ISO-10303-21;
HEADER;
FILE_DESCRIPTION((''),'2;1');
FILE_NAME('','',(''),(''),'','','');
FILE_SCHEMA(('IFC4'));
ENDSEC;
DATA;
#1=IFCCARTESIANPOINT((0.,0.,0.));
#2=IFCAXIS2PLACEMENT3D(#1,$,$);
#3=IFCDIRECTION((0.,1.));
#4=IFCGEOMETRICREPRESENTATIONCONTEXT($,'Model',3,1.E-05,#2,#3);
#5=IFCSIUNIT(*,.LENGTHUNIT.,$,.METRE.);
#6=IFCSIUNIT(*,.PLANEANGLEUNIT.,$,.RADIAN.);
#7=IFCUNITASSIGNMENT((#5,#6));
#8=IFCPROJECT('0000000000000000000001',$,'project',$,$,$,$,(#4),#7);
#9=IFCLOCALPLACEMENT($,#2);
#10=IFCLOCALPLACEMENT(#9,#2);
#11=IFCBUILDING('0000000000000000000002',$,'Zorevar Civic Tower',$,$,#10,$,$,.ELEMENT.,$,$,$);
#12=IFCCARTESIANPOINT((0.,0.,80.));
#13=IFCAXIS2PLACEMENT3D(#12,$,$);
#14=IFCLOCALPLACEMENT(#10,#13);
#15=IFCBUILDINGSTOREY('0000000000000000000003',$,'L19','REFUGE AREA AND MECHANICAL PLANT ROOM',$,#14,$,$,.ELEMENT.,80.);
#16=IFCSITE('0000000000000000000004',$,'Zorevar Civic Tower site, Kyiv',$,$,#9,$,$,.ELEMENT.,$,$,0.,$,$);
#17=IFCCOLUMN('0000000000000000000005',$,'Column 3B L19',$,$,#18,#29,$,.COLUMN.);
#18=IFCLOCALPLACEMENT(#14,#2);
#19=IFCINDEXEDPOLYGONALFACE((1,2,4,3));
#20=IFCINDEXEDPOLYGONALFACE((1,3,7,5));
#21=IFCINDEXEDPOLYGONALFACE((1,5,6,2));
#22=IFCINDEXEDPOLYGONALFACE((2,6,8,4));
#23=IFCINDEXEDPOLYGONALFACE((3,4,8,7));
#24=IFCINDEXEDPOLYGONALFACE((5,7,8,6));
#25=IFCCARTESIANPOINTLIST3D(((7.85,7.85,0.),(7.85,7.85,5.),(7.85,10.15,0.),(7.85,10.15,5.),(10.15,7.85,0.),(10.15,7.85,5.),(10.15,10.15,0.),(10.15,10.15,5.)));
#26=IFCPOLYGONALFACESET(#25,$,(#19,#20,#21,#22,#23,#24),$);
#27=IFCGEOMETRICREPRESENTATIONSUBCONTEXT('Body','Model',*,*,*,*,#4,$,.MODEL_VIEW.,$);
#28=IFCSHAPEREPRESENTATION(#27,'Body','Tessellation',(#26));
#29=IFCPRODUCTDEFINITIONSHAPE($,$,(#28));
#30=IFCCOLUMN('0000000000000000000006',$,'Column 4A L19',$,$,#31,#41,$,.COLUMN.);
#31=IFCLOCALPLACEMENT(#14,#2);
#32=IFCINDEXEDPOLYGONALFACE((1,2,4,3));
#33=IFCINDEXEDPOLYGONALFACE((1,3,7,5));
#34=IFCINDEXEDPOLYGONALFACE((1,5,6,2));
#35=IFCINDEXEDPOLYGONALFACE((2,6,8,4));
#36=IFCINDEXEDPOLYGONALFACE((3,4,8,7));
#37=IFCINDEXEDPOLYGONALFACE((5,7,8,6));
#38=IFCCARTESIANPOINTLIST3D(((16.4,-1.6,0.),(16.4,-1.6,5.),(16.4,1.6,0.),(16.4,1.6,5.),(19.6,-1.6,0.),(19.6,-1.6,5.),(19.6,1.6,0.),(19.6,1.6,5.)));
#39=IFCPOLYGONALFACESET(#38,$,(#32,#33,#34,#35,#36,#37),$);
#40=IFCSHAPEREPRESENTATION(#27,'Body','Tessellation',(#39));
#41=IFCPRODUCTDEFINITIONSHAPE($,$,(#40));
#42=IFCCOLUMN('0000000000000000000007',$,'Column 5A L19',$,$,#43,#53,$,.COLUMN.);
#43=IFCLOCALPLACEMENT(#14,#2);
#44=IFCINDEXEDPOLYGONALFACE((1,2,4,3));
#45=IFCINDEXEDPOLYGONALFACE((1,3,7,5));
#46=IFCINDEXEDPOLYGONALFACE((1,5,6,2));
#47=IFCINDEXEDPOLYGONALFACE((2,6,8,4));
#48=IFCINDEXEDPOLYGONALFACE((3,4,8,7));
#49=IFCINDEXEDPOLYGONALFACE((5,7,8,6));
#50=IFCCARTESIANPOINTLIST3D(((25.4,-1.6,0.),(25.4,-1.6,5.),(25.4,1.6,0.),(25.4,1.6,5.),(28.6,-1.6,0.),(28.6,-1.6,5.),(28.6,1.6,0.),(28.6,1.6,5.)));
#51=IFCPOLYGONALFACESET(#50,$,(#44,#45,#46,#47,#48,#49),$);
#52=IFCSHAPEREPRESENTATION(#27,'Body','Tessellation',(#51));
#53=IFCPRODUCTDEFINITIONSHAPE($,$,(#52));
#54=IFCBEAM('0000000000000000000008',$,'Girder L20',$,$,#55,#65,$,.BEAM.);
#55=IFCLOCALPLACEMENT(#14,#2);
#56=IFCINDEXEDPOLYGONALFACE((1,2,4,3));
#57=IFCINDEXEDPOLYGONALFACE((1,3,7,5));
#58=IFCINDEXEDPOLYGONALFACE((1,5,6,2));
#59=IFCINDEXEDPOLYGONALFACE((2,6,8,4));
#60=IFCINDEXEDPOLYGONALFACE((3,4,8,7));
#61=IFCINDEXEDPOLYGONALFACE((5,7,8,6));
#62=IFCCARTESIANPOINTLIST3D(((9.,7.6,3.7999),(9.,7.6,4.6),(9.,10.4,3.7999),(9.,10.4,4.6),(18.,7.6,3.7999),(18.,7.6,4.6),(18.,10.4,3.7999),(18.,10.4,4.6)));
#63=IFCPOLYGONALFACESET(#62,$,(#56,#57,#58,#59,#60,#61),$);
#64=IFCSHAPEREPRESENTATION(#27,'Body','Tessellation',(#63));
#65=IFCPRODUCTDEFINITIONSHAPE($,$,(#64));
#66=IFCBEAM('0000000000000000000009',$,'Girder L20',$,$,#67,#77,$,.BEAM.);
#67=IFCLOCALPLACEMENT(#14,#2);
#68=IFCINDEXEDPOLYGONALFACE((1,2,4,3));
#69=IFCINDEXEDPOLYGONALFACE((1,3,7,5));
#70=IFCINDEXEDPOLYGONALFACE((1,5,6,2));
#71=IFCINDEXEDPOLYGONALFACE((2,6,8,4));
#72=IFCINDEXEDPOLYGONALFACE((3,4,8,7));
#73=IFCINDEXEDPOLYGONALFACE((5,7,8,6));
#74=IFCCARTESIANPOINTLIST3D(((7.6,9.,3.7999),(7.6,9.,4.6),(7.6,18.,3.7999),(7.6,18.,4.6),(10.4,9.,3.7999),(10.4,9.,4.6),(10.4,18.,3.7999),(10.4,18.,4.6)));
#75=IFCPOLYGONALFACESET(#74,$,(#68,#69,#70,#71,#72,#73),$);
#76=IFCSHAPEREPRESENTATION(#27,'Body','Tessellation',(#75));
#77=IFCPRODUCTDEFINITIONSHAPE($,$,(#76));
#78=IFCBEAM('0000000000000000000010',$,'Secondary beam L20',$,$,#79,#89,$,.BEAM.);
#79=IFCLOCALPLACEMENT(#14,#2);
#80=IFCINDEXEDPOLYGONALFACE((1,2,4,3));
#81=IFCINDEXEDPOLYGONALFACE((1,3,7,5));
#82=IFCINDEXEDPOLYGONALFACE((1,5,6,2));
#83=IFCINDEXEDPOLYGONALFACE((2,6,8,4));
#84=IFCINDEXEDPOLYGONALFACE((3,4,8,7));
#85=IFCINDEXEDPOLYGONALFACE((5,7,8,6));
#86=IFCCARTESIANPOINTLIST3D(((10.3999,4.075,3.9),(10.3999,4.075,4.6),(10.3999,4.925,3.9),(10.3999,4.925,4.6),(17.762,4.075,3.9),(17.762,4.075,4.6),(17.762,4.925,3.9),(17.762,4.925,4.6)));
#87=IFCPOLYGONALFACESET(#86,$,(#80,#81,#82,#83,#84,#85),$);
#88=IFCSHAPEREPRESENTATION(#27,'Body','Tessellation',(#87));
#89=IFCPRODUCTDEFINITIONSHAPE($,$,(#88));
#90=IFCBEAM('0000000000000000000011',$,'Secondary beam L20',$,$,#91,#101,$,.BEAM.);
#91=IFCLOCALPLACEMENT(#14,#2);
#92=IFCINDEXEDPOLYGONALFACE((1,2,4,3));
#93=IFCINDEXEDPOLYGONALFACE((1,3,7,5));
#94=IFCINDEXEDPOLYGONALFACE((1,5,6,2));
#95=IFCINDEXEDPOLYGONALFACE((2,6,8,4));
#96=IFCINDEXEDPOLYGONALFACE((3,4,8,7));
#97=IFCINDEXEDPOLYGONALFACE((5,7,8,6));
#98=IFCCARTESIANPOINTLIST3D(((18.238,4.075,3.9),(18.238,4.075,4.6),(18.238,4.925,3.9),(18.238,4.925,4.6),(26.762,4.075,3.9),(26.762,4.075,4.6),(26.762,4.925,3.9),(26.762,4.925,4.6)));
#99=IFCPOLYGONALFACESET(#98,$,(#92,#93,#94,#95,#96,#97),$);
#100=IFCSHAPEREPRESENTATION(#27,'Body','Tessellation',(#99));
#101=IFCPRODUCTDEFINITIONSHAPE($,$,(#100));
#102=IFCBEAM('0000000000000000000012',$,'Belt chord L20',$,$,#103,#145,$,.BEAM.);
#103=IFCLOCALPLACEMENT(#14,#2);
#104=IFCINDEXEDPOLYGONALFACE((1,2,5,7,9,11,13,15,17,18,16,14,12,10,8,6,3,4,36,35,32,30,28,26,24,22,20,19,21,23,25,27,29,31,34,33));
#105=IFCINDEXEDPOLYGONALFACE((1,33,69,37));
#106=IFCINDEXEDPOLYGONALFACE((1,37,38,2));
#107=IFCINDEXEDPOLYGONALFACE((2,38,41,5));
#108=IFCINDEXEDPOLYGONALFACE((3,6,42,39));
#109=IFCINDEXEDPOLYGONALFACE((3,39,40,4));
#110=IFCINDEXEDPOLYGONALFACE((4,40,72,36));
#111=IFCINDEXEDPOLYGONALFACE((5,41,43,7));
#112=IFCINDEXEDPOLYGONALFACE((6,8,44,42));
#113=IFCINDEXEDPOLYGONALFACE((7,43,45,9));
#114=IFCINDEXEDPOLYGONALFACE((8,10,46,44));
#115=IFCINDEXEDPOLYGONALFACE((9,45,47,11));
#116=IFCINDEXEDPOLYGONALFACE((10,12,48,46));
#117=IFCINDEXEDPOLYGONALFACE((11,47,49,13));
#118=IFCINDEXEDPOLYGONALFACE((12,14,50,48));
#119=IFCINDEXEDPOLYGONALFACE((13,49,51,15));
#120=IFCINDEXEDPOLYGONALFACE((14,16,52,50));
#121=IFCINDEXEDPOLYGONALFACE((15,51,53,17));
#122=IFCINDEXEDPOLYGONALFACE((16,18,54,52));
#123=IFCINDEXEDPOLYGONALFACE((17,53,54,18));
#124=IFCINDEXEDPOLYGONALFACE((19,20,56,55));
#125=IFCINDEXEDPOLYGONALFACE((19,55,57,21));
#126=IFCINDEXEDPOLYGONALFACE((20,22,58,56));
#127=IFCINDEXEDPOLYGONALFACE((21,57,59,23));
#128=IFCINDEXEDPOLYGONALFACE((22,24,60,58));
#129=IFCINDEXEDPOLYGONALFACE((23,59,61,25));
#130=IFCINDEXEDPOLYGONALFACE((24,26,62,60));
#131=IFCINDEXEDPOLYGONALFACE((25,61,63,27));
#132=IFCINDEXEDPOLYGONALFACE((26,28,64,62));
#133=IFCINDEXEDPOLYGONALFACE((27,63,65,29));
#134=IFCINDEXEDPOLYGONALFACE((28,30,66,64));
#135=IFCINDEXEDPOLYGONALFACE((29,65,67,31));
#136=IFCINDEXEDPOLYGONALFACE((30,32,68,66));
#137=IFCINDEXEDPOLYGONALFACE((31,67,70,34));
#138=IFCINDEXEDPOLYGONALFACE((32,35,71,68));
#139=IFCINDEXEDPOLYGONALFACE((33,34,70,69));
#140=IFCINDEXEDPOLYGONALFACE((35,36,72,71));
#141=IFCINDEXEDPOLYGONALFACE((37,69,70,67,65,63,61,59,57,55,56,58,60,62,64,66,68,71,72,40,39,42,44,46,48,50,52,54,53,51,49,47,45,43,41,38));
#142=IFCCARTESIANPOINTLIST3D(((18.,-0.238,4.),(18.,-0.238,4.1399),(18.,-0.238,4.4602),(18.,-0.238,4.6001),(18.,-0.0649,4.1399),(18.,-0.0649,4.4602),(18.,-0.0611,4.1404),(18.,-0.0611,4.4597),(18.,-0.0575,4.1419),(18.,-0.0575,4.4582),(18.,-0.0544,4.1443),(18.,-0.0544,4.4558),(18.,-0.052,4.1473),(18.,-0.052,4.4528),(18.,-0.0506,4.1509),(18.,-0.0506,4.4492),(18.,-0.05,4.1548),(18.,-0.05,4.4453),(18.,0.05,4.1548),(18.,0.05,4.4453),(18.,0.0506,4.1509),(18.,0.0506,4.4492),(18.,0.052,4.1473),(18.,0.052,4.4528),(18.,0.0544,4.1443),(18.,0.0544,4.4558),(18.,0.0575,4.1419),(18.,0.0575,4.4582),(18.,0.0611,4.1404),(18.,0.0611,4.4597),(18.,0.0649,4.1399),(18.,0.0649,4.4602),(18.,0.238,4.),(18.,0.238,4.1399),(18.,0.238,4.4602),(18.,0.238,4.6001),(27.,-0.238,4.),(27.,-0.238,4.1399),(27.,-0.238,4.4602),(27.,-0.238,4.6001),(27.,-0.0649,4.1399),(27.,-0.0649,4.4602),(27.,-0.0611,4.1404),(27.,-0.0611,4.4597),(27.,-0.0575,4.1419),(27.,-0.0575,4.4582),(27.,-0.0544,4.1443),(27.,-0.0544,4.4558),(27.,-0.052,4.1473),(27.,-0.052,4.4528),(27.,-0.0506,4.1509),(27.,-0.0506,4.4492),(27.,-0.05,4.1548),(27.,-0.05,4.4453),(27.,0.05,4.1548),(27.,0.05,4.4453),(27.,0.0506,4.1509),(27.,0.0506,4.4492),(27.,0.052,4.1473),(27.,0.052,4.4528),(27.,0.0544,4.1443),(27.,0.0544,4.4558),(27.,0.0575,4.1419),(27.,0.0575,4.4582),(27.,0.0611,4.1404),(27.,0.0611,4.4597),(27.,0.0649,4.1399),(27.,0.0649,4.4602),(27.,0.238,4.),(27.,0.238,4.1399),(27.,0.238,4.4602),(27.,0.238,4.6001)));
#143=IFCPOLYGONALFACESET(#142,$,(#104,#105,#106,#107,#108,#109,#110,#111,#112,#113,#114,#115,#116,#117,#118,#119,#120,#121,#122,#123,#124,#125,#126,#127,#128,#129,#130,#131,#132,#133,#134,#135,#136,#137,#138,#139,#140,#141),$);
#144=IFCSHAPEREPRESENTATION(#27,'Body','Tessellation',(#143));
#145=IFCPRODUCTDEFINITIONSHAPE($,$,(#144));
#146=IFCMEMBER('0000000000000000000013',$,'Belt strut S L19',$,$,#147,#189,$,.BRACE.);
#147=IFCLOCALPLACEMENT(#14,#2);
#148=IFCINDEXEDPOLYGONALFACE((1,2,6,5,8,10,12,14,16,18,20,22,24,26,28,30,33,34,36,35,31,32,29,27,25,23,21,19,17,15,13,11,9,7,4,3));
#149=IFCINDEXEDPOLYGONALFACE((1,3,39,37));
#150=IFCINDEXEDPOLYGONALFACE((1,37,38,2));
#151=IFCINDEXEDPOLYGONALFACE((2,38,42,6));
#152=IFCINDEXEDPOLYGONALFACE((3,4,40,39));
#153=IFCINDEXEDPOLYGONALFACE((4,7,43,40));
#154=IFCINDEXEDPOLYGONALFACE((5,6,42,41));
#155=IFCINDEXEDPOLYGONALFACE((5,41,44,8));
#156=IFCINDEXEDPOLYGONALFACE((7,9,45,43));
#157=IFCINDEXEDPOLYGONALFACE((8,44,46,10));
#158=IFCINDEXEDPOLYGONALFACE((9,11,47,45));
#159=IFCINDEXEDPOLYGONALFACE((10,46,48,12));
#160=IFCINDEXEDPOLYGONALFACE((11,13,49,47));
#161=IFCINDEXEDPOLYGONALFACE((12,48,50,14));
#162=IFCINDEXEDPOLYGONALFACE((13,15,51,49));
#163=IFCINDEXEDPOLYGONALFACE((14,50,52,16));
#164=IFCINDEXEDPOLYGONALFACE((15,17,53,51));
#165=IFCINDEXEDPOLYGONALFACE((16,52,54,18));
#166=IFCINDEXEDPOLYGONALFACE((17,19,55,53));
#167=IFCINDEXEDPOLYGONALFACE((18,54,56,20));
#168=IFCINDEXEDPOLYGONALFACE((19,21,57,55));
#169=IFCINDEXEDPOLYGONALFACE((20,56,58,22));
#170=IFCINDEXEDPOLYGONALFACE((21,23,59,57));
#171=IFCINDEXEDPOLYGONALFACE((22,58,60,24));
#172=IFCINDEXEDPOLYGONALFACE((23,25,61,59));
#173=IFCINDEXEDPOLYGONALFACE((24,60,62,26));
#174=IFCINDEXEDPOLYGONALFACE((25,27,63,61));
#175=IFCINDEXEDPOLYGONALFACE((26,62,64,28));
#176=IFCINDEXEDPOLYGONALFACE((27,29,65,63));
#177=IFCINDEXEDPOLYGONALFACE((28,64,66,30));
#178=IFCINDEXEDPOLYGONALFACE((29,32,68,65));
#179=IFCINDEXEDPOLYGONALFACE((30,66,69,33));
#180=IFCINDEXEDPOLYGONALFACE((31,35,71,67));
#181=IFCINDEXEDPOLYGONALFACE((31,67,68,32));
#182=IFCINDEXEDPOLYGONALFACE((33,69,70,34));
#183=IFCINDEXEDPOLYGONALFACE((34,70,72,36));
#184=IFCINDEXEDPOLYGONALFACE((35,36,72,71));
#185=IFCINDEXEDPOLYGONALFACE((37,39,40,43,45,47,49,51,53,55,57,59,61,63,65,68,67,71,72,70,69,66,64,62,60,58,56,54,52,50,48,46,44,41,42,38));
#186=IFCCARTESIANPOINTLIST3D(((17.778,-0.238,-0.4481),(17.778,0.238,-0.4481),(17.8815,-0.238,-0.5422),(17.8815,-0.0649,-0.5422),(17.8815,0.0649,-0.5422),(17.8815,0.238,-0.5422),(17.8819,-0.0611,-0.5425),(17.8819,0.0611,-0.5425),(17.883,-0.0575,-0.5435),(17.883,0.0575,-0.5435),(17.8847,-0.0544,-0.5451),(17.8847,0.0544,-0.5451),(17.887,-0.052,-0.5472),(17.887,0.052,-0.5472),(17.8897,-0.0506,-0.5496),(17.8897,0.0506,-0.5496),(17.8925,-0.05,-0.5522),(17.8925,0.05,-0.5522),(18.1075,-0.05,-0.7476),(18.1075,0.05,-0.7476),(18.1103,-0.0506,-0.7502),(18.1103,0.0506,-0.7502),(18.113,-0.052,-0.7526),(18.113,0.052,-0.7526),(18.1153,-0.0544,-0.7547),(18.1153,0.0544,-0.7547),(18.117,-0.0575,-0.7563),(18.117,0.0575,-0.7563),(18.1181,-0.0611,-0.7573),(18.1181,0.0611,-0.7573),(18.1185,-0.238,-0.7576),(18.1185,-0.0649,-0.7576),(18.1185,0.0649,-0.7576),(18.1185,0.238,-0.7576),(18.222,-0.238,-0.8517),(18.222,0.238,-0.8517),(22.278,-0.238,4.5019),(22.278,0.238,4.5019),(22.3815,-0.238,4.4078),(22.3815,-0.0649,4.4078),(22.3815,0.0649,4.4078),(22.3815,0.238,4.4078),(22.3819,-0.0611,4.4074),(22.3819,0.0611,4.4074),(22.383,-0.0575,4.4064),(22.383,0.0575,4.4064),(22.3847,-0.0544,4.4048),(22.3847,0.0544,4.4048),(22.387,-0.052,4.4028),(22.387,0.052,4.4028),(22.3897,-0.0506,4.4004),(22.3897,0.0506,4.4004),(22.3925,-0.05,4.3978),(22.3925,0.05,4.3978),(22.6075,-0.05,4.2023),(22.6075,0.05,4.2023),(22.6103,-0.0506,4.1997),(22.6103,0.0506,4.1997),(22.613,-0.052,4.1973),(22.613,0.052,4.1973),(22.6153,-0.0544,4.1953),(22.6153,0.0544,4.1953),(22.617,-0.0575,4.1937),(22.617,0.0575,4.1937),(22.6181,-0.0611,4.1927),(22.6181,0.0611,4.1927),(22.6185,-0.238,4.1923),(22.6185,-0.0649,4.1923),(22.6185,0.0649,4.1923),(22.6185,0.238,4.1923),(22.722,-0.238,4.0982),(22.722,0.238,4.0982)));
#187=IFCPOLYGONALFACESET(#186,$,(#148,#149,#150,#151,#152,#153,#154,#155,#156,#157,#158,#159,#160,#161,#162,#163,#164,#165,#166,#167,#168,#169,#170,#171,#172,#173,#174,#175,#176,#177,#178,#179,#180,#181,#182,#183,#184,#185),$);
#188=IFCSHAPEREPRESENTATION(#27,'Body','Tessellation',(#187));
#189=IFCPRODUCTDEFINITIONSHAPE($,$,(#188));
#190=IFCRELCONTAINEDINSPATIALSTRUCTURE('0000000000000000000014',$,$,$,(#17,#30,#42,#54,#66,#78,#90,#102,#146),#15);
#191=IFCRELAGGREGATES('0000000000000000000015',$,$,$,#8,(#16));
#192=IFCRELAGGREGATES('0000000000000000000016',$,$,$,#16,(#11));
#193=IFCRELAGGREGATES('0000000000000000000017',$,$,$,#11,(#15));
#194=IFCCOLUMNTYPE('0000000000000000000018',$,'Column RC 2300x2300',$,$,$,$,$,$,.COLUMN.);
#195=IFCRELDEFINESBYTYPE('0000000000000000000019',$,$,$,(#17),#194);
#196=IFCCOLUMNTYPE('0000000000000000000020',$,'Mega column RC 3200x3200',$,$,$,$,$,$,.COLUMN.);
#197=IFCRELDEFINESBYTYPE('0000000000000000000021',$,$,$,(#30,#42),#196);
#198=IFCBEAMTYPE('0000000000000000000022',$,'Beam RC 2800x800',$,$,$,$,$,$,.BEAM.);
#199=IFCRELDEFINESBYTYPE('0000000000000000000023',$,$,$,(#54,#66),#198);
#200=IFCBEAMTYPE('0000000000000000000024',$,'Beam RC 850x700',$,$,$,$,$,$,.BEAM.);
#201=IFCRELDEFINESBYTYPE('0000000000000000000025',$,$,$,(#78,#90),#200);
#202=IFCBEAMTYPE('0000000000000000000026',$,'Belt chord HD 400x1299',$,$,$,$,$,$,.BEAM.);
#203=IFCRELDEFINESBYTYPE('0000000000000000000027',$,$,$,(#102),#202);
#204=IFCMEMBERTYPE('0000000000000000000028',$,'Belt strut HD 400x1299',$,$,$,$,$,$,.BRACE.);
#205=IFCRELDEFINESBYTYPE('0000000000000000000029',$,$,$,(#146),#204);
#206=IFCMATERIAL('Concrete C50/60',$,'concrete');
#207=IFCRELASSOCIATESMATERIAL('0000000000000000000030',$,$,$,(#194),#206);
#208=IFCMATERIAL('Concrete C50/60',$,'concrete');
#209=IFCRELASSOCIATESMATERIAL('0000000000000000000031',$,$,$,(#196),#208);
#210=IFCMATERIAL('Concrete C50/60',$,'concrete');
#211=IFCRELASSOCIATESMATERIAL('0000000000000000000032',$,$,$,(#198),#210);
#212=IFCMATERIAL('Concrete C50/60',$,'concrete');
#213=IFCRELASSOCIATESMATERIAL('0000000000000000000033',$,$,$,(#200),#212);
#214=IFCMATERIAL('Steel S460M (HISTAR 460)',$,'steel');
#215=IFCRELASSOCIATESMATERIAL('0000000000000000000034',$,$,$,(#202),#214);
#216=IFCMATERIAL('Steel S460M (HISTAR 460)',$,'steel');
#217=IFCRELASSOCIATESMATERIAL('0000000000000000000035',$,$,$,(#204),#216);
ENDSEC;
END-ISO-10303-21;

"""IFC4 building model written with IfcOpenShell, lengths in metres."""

from ifc_helpers import new_model, si_unit, direction, frame, origin, origin_2d, place, context, subcontext, project, spatial, rectangle, i_section, extrude, material, material_profile, profile_set, type_object, element, save


model = new_model("IFC4")

# Units and contexts
model_context = context("Model", 3, precision=1e-05, world=origin(), true_north=direction((0.0, 1.0)))
body_context = subcontext(model_context, "Body", "Model", "MODEL_VIEW")
ifc_project = project(units=[si_unit("LENGTHUNIT", "METRE"), si_unit("PLANEANGLEUNIT", "RADIAN")], contexts=[model_context])

# Site, building, storey
site_placement = place(None, origin())
site = spatial("IfcSite", under=ifc_project, at=site_placement, Name="Zorevar Civic Tower site, Kyiv", CompositionType="ELEMENT", RefElevation=0.0)
building_placement = place(site_placement, origin())
building = spatial("IfcBuilding", under=site, at=building_placement, Name="Zorevar Civic Tower", CompositionType="ELEMENT")
storey_placement = place(building_placement, frame((0.0, 0.0, 80.0)))
storey = spatial("IfcBuildingStorey", under=building, at=storey_placement, Name="L19", Description="REFUGE AREA AND MECHANICAL PLANT ROOM", CompositionType="ELEMENT", Elevation=80.0)

# Columns
ifc_material_1 = material(Name="Concrete C50/60", Category="concrete")
ifc_material_profile_1 = material_profile(ifc_material_1, rectangle(XDim=2.3, YDim=2.3, at=origin_2d()), Name="RC 2300x2300")
ifc_profile_set_1 = profile_set([ifc_material_profile_1], Name="Concrete C50/60")
column_type_1 = type_object("IfcColumnType", Name="Column RC 2300x2300", PredefinedType="COLUMN", material=ifc_profile_set_1)
column_placement = place(storey_placement, frame((9.0, 9.0, 0.0), z_axis=(0.0, 0.0, 1.0), x_axis=(1.0, 0.0, 0.0)))
element("IfcColumn", 1, at=column_placement, inside=storey, type_object=column_type_1, Name="Column 3B L19", PredefinedType="COLUMN", context=body_context, shape_type="SweptSolid", body=[
    extrude(rectangle(XDim=2.3, YDim=2.3, at=origin_2d()), origin(), (0.0, 0.0, 1.0), 5.0),
])
ifc_material_2 = material(Name="Concrete C50/60", Category="concrete")
ifc_material_profile_2 = material_profile(ifc_material_2, rectangle(XDim=3.2, YDim=3.2, at=origin_2d()), Name="RC 3200x3200")
ifc_profile_set_2 = profile_set([ifc_material_profile_2], Name="Concrete C50/60")
column_type_2 = type_object("IfcColumnType", Name="Mega column RC 3200x3200", PredefinedType="COLUMN", material=ifc_profile_set_2)
for number, where, z_axis, x_axis, name in (
    (2, (18.0, 0.0, 0.0), (0.0, 0.0, 1.0), (1.0, 0.0, 0.0), "Column 4A L19"),
    (3, (27.0, 0.0, 0.0), (0.0, 0.0, 1.0), (1.0, 0.0, 0.0), "Column 5A L19"),
):
    element("IfcColumn", number, at=place(storey_placement, frame(where, z_axis=z_axis, x_axis=x_axis)), inside=storey, type_object=column_type_2, Name=name, PredefinedType="COLUMN", context=body_context, shape_type="SweptSolid", body=[
        extrude(rectangle(XDim=3.2, YDim=3.2, at=origin_2d()), origin(), (0.0, 0.0, 1.0), 5.0),
    ])

# Beams
ifc_material_3 = material(Name="Concrete C50/60", Category="concrete")
ifc_material_profile_3 = material_profile(ifc_material_3, rectangle(XDim=2.8, YDim=0.8, at=origin_2d()), Name="RC 2800x800")
ifc_profile_set_3 = profile_set([ifc_material_profile_3], Name="Concrete C50/60")
beam_type_1 = type_object("IfcBeamType", Name="Beam RC 2800x800", PredefinedType="BEAM", material=ifc_profile_set_3)
for number, where, z_axis, x_axis, name in (
    (4, (9.0, 9.0, 4.2), (1.0, 0.0, 0.0), (0.0, 1.0, 0.0), "Girder L20"),
    (5, (9.0, 9.0, 4.2), (0.0, 1.0, 0.0), (-1.0, 0.0, 0.0), "Girder L20"),
):
    element("IfcBeam", number, at=place(storey_placement, frame(where, z_axis=z_axis, x_axis=x_axis)), inside=storey, type_object=beam_type_1, Name=name, PredefinedType="BEAM", context=body_context, shape_type="SweptSolid", body=[
        extrude(rectangle(XDim=2.8, YDim=0.8, at=origin_2d()), origin(), (0.0, 0.0, 1.0), 9.0),
    ])
ifc_material_4 = material(Name="Concrete C50/60", Category="concrete")
ifc_material_profile_4 = material_profile(ifc_material_4, rectangle(XDim=0.8501, YDim=0.7, at=origin_2d()), Name="RC 850x700")
ifc_profile_set_4 = profile_set([ifc_material_profile_4], Name="Concrete C50/60")
beam_type_2 = type_object("IfcBeamType", Name="Beam RC 850x700", PredefinedType="BEAM", material=ifc_profile_set_4)
beam_1_placement = place(storey_placement, frame((10.3999, 4.5, 4.25), z_axis=(1.0, 0.0, 0.0), x_axis=(0.0, 1.0, 0.0)))
element("IfcBeam", 6, at=beam_1_placement, inside=storey, type_object=beam_type_2, Name="Secondary beam L20", PredefinedType="BEAM", context=body_context, shape_type="SweptSolid", body=[
    extrude(rectangle(XDim=0.8501, YDim=0.7, at=origin_2d()), origin(), (0.0, 0.0, 1.0), 7.3621),
])
beam_2_placement = place(storey_placement, frame((18.238, 4.5, 4.25), z_axis=(1.0, 0.0, 0.0), x_axis=(0.0, 1.0, 0.0)))
element("IfcBeam", 7, at=beam_2_placement, inside=storey, type_object=beam_type_2, Name="Secondary beam L20", PredefinedType="BEAM", context=body_context, shape_type="SweptSolid", body=[
    extrude(rectangle(XDim=0.8501, YDim=0.7, at=origin_2d()), origin(), (0.0, 0.0, 1.0), 8.5239),
])
ifc_material_5 = material(Name="Steel S460M (HISTAR 460)", Category="steel")
ifc_material_profile_5 = material_profile(ifc_material_5, i_section(OverallWidth=0.4761, OverallDepth=0.6001, WebThickness=0.1001, FlangeThickness=0.1399, FilletRadius=0.0149, at=origin_2d()), Name="HD 400x1299")
ifc_profile_set_5 = profile_set([ifc_material_profile_5], Name="Steel S460M (HISTAR 460)")
beam_type_3 = type_object("IfcBeamType", Name="Belt chord HD 400x1299", PredefinedType="BEAM", material=ifc_profile_set_5)
beam_3_placement = place(storey_placement, frame((18.0, 0.0, 4.3), z_axis=(1.0, 0.0, 0.0), x_axis=(0.0, 1.0, 0.0)))
element("IfcBeam", 8, at=beam_3_placement, inside=storey, type_object=beam_type_3, Name="Belt chord L20", PredefinedType="BEAM", context=body_context, shape_type="SweptSolid", body=[
    extrude(i_section(OverallWidth=0.4761, OverallDepth=0.6001, WebThickness=0.1001, FlangeThickness=0.1399, FilletRadius=0.0149, at=origin_2d()), origin(), (0.0, 0.0, 1.0), 9.0),
])

# Member
ifc_material_6 = material(Name="Steel S460M (HISTAR 460)", Category="steel")
ifc_material_profile_6 = material_profile(ifc_material_6, i_section(OverallWidth=0.4761, OverallDepth=0.6001, WebThickness=0.1001, FlangeThickness=0.1399, FilletRadius=0.0149, at=origin_2d()), Name="HD 400x1299")
ifc_profile_set_6 = profile_set([ifc_material_profile_6], Name="Steel S460M (HISTAR 460)")
member_type_1 = type_object("IfcMemberType", Name="Belt strut HD 400x1299", PredefinedType="BRACE", material=ifc_profile_set_6)
for number, where, z_axis, x_axis, name in (
    (9, (18.0, 0.0, -0.6499), (0.672676, 0.0, 0.739937), (0.0, 1.0, 0.0), "Belt strut S L19"),
):
    element("IfcMember", number, at=place(storey_placement, frame(where, z_axis=z_axis, x_axis=x_axis)), inside=storey, type_object=member_type_1, Name=name, PredefinedType="BRACE", context=body_context, shape_type="SweptSolid", body=[
        extrude(i_section(OverallWidth=0.4761, OverallDepth=0.6001, WebThickness=0.1001, FlangeThickness=0.1399, FilletRadius=0.0149, at=origin_2d()), origin(), (0.0, 0.0, 1.0), 6.6897),
    ])

save(model, "model.ifc")
